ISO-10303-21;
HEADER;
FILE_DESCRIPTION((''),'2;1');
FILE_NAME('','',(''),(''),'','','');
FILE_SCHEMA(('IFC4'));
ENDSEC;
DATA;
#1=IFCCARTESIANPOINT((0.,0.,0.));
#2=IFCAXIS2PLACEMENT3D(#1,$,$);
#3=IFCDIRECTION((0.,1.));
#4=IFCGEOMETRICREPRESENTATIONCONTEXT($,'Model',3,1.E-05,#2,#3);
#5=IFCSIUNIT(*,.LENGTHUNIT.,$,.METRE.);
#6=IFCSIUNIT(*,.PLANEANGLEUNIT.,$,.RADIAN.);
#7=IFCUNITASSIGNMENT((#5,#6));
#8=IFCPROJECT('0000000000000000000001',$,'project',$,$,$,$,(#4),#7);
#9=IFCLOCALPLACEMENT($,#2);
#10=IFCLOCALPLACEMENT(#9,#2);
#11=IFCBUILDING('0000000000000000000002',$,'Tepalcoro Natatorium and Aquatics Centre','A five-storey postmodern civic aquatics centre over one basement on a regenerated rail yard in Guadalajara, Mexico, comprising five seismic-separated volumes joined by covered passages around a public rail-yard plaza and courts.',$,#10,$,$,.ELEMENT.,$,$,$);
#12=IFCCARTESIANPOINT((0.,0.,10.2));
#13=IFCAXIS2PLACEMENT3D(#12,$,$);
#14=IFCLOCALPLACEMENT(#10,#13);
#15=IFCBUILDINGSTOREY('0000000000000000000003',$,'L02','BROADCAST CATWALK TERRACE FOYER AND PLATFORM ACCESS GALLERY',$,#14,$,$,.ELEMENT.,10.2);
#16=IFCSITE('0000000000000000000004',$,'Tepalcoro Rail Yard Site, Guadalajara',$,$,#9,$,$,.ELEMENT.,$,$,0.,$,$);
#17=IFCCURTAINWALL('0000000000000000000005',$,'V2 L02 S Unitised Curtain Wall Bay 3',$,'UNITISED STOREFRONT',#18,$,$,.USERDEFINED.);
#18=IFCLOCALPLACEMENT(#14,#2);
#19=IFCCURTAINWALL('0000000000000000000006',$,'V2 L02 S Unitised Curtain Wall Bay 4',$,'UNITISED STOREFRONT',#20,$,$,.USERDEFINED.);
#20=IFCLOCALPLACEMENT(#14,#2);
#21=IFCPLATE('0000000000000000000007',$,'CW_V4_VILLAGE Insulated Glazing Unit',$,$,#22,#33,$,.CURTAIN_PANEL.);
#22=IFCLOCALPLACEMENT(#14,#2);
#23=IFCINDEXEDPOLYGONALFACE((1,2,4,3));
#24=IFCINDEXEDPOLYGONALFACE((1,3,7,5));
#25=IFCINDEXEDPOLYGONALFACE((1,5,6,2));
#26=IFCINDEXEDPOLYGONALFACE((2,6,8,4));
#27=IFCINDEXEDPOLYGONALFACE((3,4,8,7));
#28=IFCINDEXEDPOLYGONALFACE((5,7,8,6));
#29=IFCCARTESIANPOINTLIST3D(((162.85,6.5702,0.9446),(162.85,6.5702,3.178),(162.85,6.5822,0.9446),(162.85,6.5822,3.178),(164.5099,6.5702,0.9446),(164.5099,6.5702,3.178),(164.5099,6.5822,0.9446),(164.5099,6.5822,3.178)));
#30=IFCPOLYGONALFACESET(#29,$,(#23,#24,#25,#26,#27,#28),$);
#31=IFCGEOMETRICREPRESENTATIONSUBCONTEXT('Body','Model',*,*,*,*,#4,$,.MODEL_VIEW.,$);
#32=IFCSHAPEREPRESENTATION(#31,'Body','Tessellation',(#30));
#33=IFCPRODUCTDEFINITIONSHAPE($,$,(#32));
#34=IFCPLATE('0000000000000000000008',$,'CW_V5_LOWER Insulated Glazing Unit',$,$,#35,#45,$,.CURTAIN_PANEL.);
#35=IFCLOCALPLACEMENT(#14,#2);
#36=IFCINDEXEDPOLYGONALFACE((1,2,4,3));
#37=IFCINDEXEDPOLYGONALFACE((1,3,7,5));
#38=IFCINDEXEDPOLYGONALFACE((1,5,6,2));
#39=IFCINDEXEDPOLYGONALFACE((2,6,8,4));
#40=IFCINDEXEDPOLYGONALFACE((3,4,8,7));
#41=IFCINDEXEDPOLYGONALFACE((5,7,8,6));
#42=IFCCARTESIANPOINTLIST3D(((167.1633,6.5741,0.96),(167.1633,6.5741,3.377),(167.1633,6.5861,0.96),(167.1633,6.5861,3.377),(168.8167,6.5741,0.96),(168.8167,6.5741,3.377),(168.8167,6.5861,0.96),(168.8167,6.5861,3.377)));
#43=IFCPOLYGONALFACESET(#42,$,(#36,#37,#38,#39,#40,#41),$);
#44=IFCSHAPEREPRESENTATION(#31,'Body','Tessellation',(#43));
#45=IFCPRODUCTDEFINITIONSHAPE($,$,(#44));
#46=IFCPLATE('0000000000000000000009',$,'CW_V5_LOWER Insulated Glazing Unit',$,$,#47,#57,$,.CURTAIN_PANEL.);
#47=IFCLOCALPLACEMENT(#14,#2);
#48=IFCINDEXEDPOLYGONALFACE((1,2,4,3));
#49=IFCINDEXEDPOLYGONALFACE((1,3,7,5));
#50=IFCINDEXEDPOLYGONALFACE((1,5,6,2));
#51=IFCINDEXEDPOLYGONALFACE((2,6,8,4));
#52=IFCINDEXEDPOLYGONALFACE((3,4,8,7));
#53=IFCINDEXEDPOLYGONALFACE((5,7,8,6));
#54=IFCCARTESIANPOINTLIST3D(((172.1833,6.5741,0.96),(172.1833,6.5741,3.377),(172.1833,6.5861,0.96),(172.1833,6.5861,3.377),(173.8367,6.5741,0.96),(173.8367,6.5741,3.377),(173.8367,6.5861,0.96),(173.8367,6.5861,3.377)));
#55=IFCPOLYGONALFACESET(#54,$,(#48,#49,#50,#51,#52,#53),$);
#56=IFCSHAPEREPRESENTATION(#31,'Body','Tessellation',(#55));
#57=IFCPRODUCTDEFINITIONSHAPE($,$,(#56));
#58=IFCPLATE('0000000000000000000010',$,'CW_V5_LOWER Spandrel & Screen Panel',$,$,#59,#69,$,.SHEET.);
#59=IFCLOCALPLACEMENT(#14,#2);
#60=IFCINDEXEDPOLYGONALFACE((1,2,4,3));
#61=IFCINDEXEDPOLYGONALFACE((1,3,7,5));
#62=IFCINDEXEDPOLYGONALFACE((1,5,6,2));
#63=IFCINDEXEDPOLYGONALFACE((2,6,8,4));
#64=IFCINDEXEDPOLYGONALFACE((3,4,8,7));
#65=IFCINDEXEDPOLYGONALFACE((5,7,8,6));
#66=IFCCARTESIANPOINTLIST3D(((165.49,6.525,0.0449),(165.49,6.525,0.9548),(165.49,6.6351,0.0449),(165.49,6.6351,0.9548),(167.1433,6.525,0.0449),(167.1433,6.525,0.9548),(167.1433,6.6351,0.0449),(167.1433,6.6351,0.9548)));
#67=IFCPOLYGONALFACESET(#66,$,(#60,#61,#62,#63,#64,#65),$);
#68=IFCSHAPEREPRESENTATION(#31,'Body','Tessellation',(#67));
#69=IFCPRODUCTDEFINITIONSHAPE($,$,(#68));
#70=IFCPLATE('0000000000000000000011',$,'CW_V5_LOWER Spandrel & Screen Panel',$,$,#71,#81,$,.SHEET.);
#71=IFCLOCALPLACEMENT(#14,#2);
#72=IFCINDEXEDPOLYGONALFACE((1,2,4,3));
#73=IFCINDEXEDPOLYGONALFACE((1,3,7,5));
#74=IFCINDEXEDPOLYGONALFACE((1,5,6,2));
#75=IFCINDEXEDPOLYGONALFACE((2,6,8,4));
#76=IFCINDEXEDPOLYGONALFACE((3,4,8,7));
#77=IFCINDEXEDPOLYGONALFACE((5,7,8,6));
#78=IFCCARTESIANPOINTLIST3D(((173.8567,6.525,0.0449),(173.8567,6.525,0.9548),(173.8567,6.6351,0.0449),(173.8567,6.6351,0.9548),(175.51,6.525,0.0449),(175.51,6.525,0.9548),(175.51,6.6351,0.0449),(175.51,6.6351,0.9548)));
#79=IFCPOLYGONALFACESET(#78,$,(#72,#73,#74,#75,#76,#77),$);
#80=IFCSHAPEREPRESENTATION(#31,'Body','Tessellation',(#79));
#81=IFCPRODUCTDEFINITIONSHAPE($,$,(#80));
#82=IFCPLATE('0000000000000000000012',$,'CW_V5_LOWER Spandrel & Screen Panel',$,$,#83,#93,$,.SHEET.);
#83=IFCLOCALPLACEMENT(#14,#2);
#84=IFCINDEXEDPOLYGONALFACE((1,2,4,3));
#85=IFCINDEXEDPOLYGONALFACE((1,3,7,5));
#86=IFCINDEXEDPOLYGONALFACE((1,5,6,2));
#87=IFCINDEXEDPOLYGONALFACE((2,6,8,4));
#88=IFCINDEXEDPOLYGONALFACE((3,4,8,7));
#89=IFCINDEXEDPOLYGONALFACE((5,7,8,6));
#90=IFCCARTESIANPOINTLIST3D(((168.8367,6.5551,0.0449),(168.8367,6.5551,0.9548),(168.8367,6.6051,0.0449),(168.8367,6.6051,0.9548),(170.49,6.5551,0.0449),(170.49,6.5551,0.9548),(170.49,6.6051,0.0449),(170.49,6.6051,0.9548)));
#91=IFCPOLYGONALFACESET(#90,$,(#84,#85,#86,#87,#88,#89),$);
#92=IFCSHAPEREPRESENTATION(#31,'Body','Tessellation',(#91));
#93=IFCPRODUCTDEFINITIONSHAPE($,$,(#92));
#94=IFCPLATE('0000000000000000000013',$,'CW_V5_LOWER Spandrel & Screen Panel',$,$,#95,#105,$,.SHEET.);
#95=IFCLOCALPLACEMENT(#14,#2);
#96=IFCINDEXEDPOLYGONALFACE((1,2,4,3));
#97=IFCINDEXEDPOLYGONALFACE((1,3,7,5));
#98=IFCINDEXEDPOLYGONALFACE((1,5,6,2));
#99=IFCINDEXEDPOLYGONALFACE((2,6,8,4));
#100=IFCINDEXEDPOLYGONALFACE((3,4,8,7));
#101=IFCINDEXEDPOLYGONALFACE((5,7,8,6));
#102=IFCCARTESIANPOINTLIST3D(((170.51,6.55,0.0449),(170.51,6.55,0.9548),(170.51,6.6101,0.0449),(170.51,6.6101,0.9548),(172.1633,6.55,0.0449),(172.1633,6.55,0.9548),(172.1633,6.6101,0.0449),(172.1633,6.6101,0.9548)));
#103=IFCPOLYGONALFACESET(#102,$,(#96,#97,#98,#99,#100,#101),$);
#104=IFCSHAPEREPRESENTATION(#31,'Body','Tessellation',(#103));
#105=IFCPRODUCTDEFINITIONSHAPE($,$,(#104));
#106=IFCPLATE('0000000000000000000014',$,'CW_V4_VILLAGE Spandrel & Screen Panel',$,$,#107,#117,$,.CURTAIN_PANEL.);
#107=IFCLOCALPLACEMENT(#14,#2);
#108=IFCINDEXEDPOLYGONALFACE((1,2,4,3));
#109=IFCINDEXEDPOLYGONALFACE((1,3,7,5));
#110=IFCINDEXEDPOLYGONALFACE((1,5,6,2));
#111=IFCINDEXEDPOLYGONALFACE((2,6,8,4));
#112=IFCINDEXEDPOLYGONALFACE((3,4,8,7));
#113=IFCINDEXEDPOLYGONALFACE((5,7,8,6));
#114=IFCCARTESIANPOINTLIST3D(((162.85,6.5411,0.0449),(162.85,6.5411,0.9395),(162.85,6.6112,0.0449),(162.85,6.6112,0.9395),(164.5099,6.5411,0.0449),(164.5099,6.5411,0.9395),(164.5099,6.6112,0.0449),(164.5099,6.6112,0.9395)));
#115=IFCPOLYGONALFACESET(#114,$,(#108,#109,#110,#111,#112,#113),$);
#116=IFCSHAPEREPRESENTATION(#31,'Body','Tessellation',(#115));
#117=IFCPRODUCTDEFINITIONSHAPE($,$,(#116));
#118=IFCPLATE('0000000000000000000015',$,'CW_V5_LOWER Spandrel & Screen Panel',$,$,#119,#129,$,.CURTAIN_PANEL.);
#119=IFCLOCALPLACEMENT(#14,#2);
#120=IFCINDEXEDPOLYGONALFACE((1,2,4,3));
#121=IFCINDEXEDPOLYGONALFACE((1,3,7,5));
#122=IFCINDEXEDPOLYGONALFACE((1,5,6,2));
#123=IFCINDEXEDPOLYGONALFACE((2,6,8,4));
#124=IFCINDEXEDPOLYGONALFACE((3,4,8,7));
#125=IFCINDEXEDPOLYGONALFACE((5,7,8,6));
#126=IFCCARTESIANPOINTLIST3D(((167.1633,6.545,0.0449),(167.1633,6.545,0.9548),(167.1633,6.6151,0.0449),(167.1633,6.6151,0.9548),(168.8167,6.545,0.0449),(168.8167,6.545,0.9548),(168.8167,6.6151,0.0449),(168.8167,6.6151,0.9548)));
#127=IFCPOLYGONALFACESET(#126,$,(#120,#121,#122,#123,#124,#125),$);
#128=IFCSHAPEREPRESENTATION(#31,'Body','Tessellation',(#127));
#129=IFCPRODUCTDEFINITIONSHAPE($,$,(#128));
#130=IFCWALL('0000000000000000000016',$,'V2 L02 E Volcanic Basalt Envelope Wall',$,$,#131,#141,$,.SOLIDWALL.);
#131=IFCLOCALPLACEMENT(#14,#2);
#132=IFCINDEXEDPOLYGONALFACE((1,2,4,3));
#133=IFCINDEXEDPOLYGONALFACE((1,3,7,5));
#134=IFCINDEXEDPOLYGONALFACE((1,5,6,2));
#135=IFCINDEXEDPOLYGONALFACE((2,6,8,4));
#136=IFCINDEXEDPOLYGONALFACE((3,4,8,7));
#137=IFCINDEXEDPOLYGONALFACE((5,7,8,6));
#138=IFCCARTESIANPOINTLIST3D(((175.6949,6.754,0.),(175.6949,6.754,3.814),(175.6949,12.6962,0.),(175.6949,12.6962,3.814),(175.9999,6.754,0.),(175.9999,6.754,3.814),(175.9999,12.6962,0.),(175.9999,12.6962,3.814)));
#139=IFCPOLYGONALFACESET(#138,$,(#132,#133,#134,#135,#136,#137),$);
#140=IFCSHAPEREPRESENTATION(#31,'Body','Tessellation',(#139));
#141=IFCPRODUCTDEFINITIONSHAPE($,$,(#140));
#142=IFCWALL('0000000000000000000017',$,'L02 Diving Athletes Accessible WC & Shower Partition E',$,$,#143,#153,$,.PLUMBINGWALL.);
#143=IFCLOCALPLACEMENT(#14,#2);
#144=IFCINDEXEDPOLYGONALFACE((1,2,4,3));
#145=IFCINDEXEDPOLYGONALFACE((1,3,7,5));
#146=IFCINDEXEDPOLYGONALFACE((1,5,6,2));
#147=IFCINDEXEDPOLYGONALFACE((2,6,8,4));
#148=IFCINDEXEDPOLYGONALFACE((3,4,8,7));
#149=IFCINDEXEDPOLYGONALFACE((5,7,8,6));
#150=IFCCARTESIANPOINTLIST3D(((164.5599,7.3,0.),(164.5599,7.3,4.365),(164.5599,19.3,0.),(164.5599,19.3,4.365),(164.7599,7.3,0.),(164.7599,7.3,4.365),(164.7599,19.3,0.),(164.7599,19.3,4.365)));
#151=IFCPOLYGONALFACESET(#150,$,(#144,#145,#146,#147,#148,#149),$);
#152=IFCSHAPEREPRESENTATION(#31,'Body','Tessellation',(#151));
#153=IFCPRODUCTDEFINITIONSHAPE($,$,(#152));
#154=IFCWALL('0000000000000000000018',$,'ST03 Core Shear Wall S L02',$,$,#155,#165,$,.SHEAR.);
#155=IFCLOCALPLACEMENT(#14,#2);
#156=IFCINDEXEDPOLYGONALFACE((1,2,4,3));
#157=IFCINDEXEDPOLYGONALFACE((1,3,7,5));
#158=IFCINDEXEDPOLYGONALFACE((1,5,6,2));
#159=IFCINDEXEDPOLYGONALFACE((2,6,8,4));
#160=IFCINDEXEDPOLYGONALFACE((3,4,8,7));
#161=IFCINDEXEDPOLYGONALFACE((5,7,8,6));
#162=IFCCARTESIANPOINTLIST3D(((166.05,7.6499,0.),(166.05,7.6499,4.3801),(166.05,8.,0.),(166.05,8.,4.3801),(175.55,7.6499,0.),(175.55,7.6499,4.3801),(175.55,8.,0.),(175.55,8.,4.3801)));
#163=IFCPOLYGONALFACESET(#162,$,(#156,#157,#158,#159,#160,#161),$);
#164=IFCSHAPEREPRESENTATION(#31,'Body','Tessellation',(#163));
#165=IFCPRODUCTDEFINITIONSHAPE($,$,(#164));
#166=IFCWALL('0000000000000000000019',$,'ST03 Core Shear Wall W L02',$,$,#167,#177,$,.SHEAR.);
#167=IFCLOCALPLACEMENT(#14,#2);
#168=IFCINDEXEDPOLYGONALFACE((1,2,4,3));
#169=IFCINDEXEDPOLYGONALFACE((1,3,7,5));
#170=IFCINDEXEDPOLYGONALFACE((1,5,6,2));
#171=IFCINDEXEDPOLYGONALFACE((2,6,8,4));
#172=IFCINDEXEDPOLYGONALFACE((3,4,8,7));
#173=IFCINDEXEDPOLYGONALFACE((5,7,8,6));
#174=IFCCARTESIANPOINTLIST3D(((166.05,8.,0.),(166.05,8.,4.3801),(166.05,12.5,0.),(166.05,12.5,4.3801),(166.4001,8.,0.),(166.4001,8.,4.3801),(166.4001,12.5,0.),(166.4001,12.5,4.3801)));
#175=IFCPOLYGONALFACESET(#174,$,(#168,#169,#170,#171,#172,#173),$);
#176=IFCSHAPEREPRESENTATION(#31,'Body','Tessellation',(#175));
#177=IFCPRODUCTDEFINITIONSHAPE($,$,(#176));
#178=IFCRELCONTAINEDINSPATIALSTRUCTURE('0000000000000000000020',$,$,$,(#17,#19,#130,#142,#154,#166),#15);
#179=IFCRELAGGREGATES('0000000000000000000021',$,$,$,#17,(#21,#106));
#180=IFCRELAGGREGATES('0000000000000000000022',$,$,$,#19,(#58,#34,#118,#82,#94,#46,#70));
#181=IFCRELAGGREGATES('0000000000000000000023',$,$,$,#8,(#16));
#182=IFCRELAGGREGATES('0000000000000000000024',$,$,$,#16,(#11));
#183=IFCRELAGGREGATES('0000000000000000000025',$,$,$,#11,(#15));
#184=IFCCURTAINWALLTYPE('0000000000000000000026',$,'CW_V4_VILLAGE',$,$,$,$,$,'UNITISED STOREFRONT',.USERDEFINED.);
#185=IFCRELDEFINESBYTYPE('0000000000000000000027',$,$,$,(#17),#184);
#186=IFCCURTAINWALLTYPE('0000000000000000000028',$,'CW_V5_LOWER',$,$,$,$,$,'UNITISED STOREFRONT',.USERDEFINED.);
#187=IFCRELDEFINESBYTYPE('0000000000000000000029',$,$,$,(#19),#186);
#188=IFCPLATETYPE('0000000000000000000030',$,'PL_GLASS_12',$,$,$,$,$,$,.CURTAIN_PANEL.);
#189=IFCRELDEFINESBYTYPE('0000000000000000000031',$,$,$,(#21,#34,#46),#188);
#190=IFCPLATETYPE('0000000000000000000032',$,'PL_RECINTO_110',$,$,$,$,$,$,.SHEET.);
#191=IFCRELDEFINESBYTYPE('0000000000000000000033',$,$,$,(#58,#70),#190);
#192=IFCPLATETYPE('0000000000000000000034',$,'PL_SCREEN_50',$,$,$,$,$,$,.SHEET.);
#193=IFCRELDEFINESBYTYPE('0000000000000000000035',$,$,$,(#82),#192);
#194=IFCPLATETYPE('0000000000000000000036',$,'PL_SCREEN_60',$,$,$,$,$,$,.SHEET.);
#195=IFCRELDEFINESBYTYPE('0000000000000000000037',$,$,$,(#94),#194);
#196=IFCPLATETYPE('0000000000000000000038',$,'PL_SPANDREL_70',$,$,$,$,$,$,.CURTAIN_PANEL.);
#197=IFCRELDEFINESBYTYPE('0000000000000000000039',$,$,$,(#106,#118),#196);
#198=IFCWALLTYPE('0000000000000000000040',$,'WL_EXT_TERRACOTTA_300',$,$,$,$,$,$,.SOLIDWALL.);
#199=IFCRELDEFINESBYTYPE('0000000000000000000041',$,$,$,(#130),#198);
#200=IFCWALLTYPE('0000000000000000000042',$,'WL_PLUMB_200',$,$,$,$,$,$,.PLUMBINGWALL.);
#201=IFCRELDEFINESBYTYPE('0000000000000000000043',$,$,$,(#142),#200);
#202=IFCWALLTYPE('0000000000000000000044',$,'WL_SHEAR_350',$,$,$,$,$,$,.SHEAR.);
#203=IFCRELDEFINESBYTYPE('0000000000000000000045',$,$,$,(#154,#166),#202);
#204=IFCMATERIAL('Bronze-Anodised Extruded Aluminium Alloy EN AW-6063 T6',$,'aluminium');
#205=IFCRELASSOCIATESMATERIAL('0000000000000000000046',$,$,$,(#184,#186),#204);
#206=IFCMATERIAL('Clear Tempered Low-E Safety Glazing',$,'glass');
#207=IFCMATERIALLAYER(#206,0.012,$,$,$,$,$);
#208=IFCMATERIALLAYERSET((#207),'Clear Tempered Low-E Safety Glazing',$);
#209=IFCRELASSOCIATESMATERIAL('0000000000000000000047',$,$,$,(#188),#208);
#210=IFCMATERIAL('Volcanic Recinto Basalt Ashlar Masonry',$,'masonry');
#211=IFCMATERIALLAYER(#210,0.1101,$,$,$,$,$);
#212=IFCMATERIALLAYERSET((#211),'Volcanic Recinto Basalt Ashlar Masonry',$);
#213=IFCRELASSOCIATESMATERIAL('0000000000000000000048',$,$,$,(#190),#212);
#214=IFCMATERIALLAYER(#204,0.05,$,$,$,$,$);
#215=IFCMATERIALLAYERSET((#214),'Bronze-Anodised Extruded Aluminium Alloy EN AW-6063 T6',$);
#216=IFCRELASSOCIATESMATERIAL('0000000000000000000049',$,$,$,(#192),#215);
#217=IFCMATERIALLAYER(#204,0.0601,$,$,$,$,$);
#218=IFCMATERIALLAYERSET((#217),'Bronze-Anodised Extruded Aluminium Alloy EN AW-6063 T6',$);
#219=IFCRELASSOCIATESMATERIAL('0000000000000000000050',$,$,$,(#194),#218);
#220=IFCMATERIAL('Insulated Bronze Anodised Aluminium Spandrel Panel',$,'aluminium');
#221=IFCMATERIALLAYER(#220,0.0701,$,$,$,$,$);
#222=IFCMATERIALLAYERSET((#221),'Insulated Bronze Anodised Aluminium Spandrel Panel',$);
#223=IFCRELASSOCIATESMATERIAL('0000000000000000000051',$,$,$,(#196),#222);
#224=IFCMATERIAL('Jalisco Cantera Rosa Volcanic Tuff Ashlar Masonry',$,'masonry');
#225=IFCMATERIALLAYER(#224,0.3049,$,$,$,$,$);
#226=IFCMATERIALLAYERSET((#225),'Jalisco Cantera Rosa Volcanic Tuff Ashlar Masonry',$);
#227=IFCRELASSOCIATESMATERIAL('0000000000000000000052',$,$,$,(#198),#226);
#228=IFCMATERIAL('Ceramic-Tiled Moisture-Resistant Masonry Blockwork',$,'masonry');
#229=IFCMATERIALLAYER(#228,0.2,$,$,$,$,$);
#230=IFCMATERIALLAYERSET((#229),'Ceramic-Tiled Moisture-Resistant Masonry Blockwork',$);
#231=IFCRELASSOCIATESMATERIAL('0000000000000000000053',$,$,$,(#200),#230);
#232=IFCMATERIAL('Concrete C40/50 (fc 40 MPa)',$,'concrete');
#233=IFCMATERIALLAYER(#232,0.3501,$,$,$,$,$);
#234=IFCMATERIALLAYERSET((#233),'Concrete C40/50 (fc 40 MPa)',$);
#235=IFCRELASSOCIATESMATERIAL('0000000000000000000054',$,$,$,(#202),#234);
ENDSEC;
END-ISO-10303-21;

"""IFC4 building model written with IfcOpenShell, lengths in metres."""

from ifc_helpers import new_model, si_unit, direction, frame, frame_2d, origin, origin_2d, place, context, subcontext, project, spatial, rectangle, extrude, material, layer, layer_set, type_object, element, aggregate, save


model = new_model("IFC4")

# Units and contexts
model_context = context("Model", 3, precision=1e-05, world=origin(), true_north=direction((0.0, 1.0)))
body_context = subcontext(model_context, "Body", "Model", "MODEL_VIEW")
ifc_project = project(units=[si_unit("LENGTHUNIT", "METRE"), si_unit("PLANEANGLEUNIT", "RADIAN")], contexts=[model_context])

# Site, building, storey
site_placement = place(None, origin())
site = spatial("IfcSite", under=ifc_project, at=site_placement, Name="Tepalcoro Rail Yard Site, Guadalajara", CompositionType="ELEMENT", RefElevation=0.0)
building_placement = place(site_placement, origin())
building = spatial("IfcBuilding", under=site, at=building_placement, Name="Tepalcoro Natatorium and Aquatics Centre", Description="A five-storey postmodern civic aquatics centre over one basement on a regenerated rail yard in Guadalajara, Mexico, comprising five seismic-separated volumes joined by covered passages around a public rail-yard plaza and courts.", CompositionType="ELEMENT")
storey_placement = place(building_placement, frame((0.0, 0.0, 10.2)))
storey = spatial("IfcBuildingStorey", under=building, at=storey_placement, Name="L02", Description="BROADCAST CATWALK TERRACE FOYER AND PLATFORM ACCESS GALLERY", CompositionType="ELEMENT", Elevation=10.2)

# Shared definitions
ifc_material_1 = material(Name="Concrete C40/50 (fc 40 MPa)", Category="concrete")

# Curtain wall
ifc_material_2 = material(Name="Bronze-Anodised Extruded Aluminium Alloy EN AW-6063 T6", Category="aluminium")
curtain_wall_type_1 = type_object("IfcCurtainWallType", Name="CW_V4_VILLAGE", ElementType="UNITISED STOREFRONT", PredefinedType="USERDEFINED", material=ifc_material_2)
curtain_wall_1_placement = place(storey_placement, origin())
curtain_wall_1 = element("IfcCurtainWall", 1, at=curtain_wall_1_placement, inside=storey, type_object=curtain_wall_type_1, Name="V2 L02 S Unitised Curtain Wall Bay 3", ObjectType="UNITISED STOREFRONT", PredefinedType="USERDEFINED")

# Curtain wall
curtain_wall_type_2 = type_object("IfcCurtainWallType", Name="CW_V5_LOWER", ElementType="UNITISED STOREFRONT", PredefinedType="USERDEFINED", material=ifc_material_2)
curtain_wall_2_placement = place(storey_placement, origin())
curtain_wall_2 = element("IfcCurtainWall", 2, at=curtain_wall_2_placement, inside=storey, type_object=curtain_wall_type_2, Name="V2 L02 S Unitised Curtain Wall Bay 4", ObjectType="UNITISED STOREFRONT", PredefinedType="USERDEFINED")

# Plates
ifc_material_3 = material(Name="Jalisco Cantera Rosa Volcanic Tuff Ashlar Masonry", Category="masonry")
ifc_material_4 = material(Name="Clear Tempered Low-E Safety Glazing", Category="glass")
ifc_layer_1 = layer(ifc_material_4, 0.012)
ifc_layer_set_1 = layer_set([ifc_layer_1], Name="Clear Tempered Low-E Safety Glazing")
plate_type_1 = type_object("IfcPlateType", Name="PL_GLASS_12", PredefinedType="CURTAIN_PANEL", material=ifc_layer_set_1)
plate_1_placement = place(storey_placement, frame((163.6799, 6.5762, 0.9446), z_axis=(0.0, 0.0, 1.0), x_axis=(1.0, 0.0, 0.0)))
plate_1 = element("IfcPlate", 3, at=plate_1_placement, type_object=plate_type_1, Name="CW_V4_VILLAGE Insulated Glazing Unit", PredefinedType="CURTAIN_PANEL", context=body_context, shape_type="SweptSolid", body=[
    extrude(rectangle(XDim=1.6599, YDim=0.012, at=origin_2d()), origin(), (0.0, 0.0, 1.0), 2.2334),
])
plate_2_placement = place(storey_placement, frame((167.99, 6.5801, 0.96), z_axis=(0.0, 0.0, 1.0), x_axis=(1.0, 0.0, 0.0)))
plate_2 = element("IfcPlate", 4, at=plate_2_placement, type_object=plate_type_1, Name="CW_V5_LOWER Insulated Glazing Unit", PredefinedType="CURTAIN_PANEL", context=body_context, shape_type="SweptSolid", body=[
    extrude(rectangle(XDim=1.6533, YDim=0.012, at=origin_2d()), origin(), (0.0, 0.0, 1.0), 2.417),
])
plate_3_placement = place(storey_placement, frame((173.01, 6.5801, 0.96), z_axis=(0.0, 0.0, 1.0), x_axis=(1.0, 0.0, 0.0)))
plate_3 = element("IfcPlate", 5, at=plate_3_placement, type_object=plate_type_1, Name="CW_V5_LOWER Insulated Glazing Unit", PredefinedType="CURTAIN_PANEL", context=body_context, shape_type="SweptSolid", body=[
    extrude(rectangle(XDim=1.6533, YDim=0.012, at=origin_2d()), origin(), (0.0, 0.0, 1.0), 2.417),
])
ifc_material_5 = material(Name="Volcanic Recinto Basalt Ashlar Masonry", Category="masonry")
ifc_layer_2 = layer(ifc_material_5, 0.1101)
ifc_layer_set_2 = layer_set([ifc_layer_2], Name="Volcanic Recinto Basalt Ashlar Masonry")
plate_type_2 = type_object("IfcPlateType", Name="PL_RECINTO_110", PredefinedType="SHEET", material=ifc_layer_set_2)
plate_4_placement = place(storey_placement, frame((166.3167, 6.5801, 0.0449), z_axis=(0.0, 0.0, 1.0), x_axis=(1.0, 0.0, 0.0)))
plate_4 = element("IfcPlate", 6, at=plate_4_placement, type_object=plate_type_2, Name="CW_V5_LOWER Spandrel & Screen Panel", PredefinedType="SHEET", context=body_context, shape_type="SweptSolid", body=[
    extrude(rectangle(XDim=1.6533, YDim=0.1101, at=origin_2d()), origin(), (0.0, 0.0, 1.0), 0.9099),
])
plate_5_placement = place(storey_placement, frame((174.6833, 6.5801, 0.0449), z_axis=(0.0, 0.0, 1.0), x_axis=(1.0, 0.0, 0.0)))
plate_5 = element("IfcPlate", 7, at=plate_5_placement, type_object=plate_type_2, Name="CW_V5_LOWER Spandrel & Screen Panel", PredefinedType="SHEET", context=body_context, shape_type="SweptSolid", body=[
    extrude(rectangle(XDim=1.6533, YDim=0.1101, at=origin_2d()), origin(), (0.0, 0.0, 1.0), 0.9099),
])
ifc_layer_3 = layer(ifc_material_2, 0.05)
ifc_layer_set_3 = layer_set([ifc_layer_3], Name="Bronze-Anodised Extruded Aluminium Alloy EN AW-6063 T6")
plate_type_3 = type_object("IfcPlateType", Name="PL_SCREEN_50", PredefinedType="SHEET", material=ifc_layer_set_3)
plate_6_placement = place(storey_placement, frame((169.6633, 6.5801, 0.0449), z_axis=(0.0, 0.0, 1.0), x_axis=(1.0, 0.0, 0.0)))
plate_6 = element("IfcPlate", 8, at=plate_6_placement, type_object=plate_type_3, Name="CW_V5_LOWER Spandrel & Screen Panel", PredefinedType="SHEET", context=body_context, shape_type="SweptSolid", body=[
    extrude(rectangle(XDim=1.6533, YDim=0.05, at=origin_2d()), origin(), (0.0, 0.0, 1.0), 0.9099),
])
ifc_layer_4 = layer(ifc_material_2, 0.0601)
ifc_layer_set_4 = layer_set([ifc_layer_4], Name="Bronze-Anodised Extruded Aluminium Alloy EN AW-6063 T6")
plate_type_4 = type_object("IfcPlateType", Name="PL_SCREEN_60", PredefinedType="SHEET", material=ifc_layer_set_4)
plate_7_placement = place(storey_placement, frame((171.3367, 6.5801, 0.0449), z_axis=(0.0, 0.0, 1.0), x_axis=(1.0, 0.0, 0.0)))
plate_7 = element("IfcPlate", 9, at=plate_7_placement, type_object=plate_type_4, Name="CW_V5_LOWER Spandrel & Screen Panel", PredefinedType="SHEET", context=body_context, shape_type="SweptSolid", body=[
    extrude(rectangle(XDim=1.6533, YDim=0.0601, at=origin_2d()), origin(), (0.0, 0.0, 1.0), 0.9099),
])
ifc_material_6 = material(Name="Insulated Bronze Anodised Aluminium Spandrel Panel", Category="aluminium")
ifc_layer_5 = layer(ifc_material_6, 0.0701)
ifc_layer_set_5 = layer_set([ifc_layer_5], Name="Insulated Bronze Anodised Aluminium Spandrel Panel")
plate_type_5 = type_object("IfcPlateType", Name="PL_SPANDREL_70", PredefinedType="CURTAIN_PANEL", material=ifc_layer_set_5)
plate_8_placement = place(storey_placement, frame((163.6799, 6.5762, 0.0449), z_axis=(0.0, 0.0, 1.0), x_axis=(1.0, 0.0, 0.0)))
plate_8 = element("IfcPlate", 10, at=plate_8_placement, type_object=plate_type_5, Name="CW_V4_VILLAGE Spandrel & Screen Panel", PredefinedType="CURTAIN_PANEL", context=body_context, shape_type="SweptSolid", body=[
    extrude(rectangle(XDim=1.6599, YDim=0.0701, at=origin_2d()), origin(), (0.0, 0.0, 1.0), 0.8945),
])
aggregate(curtain_wall_1, [plate_1, plate_8])
plate_9_placement = place(storey_placement, frame((167.99, 6.5801, 0.0449), z_axis=(0.0, 0.0, 1.0), x_axis=(1.0, 0.0, 0.0)))
plate_9 = element("IfcPlate", 11, at=plate_9_placement, type_object=plate_type_5, Name="CW_V5_LOWER Spandrel & Screen Panel", PredefinedType="CURTAIN_PANEL", context=body_context, shape_type="SweptSolid", body=[
    extrude(rectangle(XDim=1.6533, YDim=0.0701, at=origin_2d()), origin(), (0.0, 0.0, 1.0), 0.9099),
])
aggregate(curtain_wall_2, [plate_4, plate_2, plate_9, plate_6, plate_7, plate_3, plate_5])

# Walls
ifc_layer_6 = layer(ifc_material_3, 0.3049)
ifc_layer_set_6 = layer_set([ifc_layer_6], Name="Jalisco Cantera Rosa Volcanic Tuff Ashlar Masonry")
wall_type_1 = type_object("IfcWallType", Name="WL_EXT_TERRACOTTA_300", PredefinedType="SOLIDWALL", material=ifc_layer_set_6)
wall_1_placement = place(storey_placement, frame((175.8474, 6.7539, 0.0), z_axis=(0.0, 0.0, 1.0), x_axis=(0.0, 1.0, 0.0)))
element("IfcWall", 12, at=wall_1_placement, inside=storey, type_object=wall_type_1, Name="V2 L02 E Volcanic Basalt Envelope Wall", PredefinedType="SOLIDWALL", context=body_context, shape_type="SweptSolid", body=[
    extrude(rectangle(XDim=5.9421, YDim=0.3049, at=frame_2d((2.9712, 0.0))), origin(), (0.0, 0.0, 1.0), 3.814),
])
ifc_material_7 = material(Name="Ceramic-Tiled Moisture-Resistant Masonry Blockwork", Category="masonry")
ifc_layer_7 = layer(ifc_material_7, 0.2)
ifc_layer_set_7 = layer_set([ifc_layer_7], Name="Ceramic-Tiled Moisture-Resistant Masonry Blockwork")
wall_type_2 = type_object("IfcWallType", Name="WL_PLUMB_200", PredefinedType="PLUMBINGWALL", material=ifc_layer_set_7)
wall_2_placement = place(storey_placement, frame((164.6599, 7.3, 0.0), z_axis=(0.0, 0.0, 1.0), x_axis=(0.0, 1.0, 0.0)))
element("IfcWall", 13, at=wall_2_placement, inside=storey, type_object=wall_type_2, Name="L02 Diving Athletes Accessible WC & Shower Partition E", PredefinedType="PLUMBINGWALL", context=body_context, shape_type="SweptSolid", body=[
    extrude(rectangle(XDim=12.0, YDim=0.2, at=frame_2d((6.0, 0.0))), origin(), (0.0, 0.0, 1.0), 4.365),
])
ifc_layer_8 = layer(ifc_material_1, 0.3501)
ifc_layer_set_8 = layer_set([ifc_layer_8], Name="Concrete C40/50 (fc 40 MPa)")
wall_type_3 = type_object("IfcWallType", Name="WL_SHEAR_350", PredefinedType="SHEAR", material=ifc_layer_set_8)
wall_3_placement = place(storey_placement, frame((166.05, 7.825, 0.0), z_axis=(0.0, 0.0, 1.0), x_axis=(1.0, 0.0, 0.0)))
element("IfcWall", 14, at=wall_3_placement, inside=storey, type_object=wall_type_3, Name="ST03 Core Shear Wall S L02", PredefinedType="SHEAR", context=body_context, shape_type="SweptSolid", body=[
    extrude(rectangle(XDim=9.5, YDim=0.3501, at=frame_2d((4.75, 0.0))), origin(), (0.0, 0.0, 1.0), 4.3801),
])
wall_4_placement = place(storey_placement, frame((166.2251, 8.0, 0.0), z_axis=(0.0, 0.0, 1.0), x_axis=(0.0, 1.0, 0.0)))
element("IfcWall", 15, at=wall_4_placement, inside=storey, type_object=wall_type_3, Name="ST03 Core Shear Wall W L02", PredefinedType="SHEAR", context=body_context, shape_type="SweptSolid", body=[
    extrude(rectangle(XDim=4.5, YDim=0.3501, at=frame_2d((2.25, 0.0))), origin(), (0.0, 0.0, 1.0), 4.3801),
])

save(model, "model.ifc")
